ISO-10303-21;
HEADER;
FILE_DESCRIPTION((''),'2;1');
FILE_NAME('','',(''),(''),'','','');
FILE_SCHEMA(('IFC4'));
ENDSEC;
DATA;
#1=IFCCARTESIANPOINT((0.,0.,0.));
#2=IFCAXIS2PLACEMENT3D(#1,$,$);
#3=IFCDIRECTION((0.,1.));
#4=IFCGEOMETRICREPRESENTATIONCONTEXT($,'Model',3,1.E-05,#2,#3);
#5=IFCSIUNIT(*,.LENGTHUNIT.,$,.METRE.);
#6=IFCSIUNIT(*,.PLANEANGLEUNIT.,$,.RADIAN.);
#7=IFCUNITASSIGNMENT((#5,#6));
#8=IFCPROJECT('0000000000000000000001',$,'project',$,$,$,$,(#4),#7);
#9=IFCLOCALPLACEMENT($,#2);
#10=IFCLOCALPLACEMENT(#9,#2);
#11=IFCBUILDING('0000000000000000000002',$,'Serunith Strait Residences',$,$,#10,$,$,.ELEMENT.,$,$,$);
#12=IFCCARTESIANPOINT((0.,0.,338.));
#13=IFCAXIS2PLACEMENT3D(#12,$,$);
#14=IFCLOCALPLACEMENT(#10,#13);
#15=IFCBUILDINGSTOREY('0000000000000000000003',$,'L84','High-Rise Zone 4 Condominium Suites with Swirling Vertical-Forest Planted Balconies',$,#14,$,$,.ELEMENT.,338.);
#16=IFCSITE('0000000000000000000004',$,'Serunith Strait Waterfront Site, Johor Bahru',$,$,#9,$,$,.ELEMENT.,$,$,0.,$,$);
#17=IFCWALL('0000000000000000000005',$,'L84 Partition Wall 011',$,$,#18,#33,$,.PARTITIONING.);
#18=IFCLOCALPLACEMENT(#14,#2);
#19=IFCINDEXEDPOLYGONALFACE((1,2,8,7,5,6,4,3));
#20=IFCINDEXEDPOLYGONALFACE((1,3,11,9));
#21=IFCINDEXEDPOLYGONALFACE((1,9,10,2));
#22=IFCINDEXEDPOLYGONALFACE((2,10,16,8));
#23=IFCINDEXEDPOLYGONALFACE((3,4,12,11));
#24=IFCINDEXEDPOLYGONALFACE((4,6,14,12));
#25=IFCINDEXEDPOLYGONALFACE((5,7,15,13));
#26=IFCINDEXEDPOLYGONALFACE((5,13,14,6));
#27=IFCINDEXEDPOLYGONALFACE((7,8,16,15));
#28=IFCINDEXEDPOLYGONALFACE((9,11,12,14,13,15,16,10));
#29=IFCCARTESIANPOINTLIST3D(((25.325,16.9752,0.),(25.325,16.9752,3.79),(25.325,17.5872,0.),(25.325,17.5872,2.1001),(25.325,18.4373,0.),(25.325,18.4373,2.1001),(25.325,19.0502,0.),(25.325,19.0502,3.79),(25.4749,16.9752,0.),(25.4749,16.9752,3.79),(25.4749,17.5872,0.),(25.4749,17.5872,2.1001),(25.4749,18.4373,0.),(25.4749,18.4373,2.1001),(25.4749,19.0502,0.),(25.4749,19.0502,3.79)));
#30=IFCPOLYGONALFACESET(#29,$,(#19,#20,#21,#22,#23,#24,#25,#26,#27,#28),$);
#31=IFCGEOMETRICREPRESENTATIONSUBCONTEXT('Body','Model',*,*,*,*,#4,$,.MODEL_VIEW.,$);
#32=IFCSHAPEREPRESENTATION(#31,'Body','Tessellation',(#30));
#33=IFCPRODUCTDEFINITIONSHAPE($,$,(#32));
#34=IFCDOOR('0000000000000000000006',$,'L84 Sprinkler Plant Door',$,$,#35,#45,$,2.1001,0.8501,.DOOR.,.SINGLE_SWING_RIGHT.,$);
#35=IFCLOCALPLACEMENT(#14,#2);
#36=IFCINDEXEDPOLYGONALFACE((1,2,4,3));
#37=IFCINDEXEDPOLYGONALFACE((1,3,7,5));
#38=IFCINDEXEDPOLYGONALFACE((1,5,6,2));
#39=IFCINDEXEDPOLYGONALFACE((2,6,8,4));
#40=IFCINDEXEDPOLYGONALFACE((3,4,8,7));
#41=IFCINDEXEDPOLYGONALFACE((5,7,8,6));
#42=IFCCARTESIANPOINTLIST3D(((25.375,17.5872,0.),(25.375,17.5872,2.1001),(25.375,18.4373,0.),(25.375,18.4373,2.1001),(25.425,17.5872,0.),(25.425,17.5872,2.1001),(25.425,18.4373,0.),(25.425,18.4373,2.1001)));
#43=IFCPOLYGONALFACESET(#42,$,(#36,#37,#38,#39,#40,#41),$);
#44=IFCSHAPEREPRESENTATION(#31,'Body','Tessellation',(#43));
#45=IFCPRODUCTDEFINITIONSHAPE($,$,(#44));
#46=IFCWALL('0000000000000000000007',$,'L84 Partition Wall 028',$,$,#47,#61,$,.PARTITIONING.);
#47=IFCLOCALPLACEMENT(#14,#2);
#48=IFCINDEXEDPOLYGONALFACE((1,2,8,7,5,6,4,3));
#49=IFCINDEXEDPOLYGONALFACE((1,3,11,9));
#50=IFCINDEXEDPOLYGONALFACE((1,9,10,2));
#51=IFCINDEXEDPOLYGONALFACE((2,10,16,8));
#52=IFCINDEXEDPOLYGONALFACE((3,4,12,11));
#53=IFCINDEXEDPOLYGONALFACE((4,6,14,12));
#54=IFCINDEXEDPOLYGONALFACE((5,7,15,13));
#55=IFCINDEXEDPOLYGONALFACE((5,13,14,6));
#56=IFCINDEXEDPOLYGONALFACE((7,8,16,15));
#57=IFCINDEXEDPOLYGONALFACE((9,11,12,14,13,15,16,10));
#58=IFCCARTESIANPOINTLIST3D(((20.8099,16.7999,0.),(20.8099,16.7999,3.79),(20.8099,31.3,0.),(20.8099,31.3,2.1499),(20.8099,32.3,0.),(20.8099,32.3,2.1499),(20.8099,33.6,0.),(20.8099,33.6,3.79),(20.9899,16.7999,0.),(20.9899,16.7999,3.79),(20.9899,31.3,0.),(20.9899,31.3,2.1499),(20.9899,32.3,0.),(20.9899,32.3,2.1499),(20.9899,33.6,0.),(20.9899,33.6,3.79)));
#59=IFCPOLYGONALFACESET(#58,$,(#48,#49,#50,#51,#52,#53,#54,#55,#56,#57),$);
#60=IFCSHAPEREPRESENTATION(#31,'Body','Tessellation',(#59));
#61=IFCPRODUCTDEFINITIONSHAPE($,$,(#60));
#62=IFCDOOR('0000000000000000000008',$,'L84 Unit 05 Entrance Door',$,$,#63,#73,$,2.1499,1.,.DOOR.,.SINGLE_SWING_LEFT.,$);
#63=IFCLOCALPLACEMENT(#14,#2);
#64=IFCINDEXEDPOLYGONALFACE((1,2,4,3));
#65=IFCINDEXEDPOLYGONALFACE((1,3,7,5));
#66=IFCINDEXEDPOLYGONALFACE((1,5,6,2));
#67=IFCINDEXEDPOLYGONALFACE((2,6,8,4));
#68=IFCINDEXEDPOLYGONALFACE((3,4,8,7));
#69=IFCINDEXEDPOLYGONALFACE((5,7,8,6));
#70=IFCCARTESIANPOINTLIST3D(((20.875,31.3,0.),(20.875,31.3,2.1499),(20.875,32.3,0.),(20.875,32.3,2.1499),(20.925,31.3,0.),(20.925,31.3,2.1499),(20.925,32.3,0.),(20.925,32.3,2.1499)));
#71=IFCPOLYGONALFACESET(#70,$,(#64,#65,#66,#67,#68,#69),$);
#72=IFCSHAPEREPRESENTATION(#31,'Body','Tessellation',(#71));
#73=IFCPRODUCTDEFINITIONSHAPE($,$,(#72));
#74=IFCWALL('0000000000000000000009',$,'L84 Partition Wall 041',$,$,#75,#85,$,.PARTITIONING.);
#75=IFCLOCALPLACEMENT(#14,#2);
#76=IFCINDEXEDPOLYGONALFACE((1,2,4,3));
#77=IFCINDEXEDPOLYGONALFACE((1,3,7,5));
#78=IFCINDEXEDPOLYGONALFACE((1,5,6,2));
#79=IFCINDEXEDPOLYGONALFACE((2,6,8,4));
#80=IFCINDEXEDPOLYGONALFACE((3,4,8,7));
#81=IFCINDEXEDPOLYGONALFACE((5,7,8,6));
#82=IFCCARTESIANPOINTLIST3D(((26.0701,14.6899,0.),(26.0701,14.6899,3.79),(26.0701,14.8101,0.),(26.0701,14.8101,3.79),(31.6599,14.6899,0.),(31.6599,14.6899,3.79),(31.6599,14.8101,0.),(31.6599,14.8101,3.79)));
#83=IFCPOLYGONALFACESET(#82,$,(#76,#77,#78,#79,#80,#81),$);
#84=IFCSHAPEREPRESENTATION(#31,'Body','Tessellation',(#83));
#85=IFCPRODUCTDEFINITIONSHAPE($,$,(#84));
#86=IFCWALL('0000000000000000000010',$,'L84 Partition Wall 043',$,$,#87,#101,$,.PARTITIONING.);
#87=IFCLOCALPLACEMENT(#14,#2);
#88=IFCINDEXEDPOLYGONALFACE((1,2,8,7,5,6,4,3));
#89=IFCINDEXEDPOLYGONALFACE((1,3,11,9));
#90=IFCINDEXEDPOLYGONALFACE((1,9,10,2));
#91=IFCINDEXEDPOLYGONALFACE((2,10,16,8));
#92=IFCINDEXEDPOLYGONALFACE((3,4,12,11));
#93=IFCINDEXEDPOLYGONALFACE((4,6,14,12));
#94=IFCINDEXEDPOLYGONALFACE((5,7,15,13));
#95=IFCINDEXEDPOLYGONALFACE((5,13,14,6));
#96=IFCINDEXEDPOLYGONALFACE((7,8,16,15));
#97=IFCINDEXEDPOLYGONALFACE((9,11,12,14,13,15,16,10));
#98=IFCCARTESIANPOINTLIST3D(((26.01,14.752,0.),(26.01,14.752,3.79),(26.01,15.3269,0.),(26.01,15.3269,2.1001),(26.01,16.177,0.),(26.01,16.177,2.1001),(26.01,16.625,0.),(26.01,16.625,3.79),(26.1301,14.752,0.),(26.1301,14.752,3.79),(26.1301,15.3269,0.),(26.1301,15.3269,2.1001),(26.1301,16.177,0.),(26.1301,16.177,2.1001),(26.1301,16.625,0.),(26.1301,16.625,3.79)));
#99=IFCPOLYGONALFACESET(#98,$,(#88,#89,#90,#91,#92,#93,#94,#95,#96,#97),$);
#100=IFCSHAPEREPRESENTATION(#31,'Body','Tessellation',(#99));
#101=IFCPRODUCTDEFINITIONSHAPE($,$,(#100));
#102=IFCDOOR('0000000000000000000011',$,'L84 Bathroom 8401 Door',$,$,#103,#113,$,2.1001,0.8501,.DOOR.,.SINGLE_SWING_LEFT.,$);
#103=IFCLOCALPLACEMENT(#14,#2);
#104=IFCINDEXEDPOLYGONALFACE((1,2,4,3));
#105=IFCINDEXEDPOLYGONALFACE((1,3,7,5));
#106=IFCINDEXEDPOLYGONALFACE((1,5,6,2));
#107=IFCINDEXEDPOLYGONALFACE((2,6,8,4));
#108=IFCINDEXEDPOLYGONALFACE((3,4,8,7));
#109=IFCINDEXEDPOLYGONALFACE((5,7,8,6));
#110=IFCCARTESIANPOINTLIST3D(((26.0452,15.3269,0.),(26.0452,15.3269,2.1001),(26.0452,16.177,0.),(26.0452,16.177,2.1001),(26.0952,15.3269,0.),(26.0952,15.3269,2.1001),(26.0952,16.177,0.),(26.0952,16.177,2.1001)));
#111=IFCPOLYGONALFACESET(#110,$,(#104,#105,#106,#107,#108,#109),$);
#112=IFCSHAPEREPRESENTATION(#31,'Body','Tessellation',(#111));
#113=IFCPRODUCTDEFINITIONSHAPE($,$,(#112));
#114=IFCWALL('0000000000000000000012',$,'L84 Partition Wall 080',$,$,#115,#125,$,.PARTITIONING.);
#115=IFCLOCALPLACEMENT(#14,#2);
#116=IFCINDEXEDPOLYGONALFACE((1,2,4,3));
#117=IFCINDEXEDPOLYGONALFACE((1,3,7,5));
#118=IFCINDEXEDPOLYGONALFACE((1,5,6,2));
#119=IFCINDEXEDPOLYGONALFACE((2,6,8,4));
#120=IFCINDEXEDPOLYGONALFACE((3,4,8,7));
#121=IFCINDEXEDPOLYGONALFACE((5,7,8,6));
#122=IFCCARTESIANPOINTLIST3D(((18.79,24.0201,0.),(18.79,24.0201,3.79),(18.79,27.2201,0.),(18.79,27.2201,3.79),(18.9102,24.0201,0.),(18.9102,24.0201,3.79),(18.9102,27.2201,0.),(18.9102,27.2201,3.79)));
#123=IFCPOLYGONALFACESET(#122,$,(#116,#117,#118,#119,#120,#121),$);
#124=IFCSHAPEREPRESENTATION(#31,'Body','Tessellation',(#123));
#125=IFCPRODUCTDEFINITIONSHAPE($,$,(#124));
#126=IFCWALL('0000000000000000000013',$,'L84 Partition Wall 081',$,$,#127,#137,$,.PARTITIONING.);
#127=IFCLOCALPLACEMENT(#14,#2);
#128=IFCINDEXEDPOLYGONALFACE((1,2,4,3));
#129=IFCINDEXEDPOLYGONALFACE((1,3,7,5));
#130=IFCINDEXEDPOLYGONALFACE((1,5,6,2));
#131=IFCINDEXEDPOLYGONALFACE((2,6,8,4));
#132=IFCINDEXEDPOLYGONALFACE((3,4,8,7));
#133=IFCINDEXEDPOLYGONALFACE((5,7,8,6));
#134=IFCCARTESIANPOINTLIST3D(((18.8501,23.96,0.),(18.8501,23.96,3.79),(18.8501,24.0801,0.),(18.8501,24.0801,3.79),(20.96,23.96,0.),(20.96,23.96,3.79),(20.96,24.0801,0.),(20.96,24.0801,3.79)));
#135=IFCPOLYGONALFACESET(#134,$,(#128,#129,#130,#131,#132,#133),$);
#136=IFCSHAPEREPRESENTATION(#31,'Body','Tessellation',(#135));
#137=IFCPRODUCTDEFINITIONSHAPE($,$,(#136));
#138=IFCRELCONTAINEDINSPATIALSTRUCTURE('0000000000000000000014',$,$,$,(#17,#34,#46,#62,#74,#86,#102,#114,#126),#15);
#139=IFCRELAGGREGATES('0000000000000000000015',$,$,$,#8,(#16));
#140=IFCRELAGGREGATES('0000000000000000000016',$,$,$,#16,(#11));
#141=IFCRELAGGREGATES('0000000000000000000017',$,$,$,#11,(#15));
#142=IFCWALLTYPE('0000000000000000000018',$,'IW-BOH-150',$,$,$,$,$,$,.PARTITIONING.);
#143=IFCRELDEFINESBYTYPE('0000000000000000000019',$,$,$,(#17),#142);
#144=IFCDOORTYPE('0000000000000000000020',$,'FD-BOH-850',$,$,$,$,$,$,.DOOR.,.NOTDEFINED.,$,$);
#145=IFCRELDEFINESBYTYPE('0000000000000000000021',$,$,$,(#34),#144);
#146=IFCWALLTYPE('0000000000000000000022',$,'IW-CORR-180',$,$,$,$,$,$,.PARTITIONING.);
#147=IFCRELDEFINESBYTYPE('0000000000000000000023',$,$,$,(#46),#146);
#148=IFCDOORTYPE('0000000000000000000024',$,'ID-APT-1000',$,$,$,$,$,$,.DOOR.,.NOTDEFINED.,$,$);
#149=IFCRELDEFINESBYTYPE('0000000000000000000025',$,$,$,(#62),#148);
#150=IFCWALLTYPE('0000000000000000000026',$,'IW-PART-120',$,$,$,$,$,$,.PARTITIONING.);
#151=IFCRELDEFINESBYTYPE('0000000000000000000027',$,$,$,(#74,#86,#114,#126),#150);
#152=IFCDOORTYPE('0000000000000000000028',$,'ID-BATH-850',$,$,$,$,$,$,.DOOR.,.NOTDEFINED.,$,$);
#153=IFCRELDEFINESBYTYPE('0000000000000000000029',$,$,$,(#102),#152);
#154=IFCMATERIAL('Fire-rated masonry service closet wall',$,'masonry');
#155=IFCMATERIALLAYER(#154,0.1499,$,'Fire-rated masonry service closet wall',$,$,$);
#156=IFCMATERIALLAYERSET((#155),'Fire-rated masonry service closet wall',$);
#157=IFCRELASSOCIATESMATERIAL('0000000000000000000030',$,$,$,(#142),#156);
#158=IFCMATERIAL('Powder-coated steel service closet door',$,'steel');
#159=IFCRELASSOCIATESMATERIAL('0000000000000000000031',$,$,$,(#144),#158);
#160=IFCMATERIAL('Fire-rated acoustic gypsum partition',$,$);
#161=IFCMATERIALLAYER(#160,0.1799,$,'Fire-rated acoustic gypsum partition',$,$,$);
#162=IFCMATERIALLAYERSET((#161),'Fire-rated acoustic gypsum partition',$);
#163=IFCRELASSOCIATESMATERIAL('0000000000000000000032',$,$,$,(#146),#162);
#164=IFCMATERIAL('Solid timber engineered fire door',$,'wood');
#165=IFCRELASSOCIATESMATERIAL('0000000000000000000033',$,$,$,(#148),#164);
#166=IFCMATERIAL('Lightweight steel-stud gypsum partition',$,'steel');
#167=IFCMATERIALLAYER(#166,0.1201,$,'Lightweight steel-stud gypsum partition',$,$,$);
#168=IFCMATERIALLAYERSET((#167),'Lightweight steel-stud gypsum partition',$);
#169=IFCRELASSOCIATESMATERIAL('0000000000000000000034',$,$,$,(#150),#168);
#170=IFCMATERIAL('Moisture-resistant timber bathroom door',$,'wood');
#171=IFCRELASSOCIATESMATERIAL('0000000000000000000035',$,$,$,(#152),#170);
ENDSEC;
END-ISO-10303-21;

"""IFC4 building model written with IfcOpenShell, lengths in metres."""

from ifc_helpers import new_model, si_unit, direction, frame, frame_2d, origin, place, context, subcontext, project, spatial, rectangle, extrude, source, transform, mapped, material, layer, layer_set, type_object, element, fill, save


model = new_model("IFC4")

# Units and contexts
model_context = context("Model", 3, precision=1e-05, world=origin(), true_north=direction((0.0, 1.0)))
body_context = subcontext(model_context, "Body", "Model", "MODEL_VIEW")
ifc_project = project(units=[si_unit("LENGTHUNIT", "METRE"), si_unit("PLANEANGLEUNIT", "RADIAN")], contexts=[model_context])

# Site, building, storey
site_placement = place(None, origin())
site = spatial("IfcSite", under=ifc_project, at=site_placement, Name="Serunith Strait Waterfront Site, Johor Bahru", CompositionType="ELEMENT", RefElevation=0.0)
building_placement = place(site_placement, origin())
building = spatial("IfcBuilding", under=site, at=building_placement, Name="Serunith Strait Residences", CompositionType="ELEMENT")
storey_placement = place(building_placement, frame((0.0, 0.0, 338.0)))
storey = spatial("IfcBuildingStorey", under=building, at=storey_placement, Name="L84", Description="High-Rise Zone 4 Condominium Suites with Swirling Vertical-Forest Planted Balconies", CompositionType="ELEMENT", Elevation=338.0)

# Walls, openings, doors
ifc_material_1 = material(Name="Fire-rated masonry service closet wall", Category="masonry")
ifc_layer_1 = layer(ifc_material_1, 0.1499, Name="Fire-rated masonry service closet wall")
ifc_layer_set_1 = layer_set([ifc_layer_1], Name="Fire-rated masonry service closet wall")
wall_type_1 = type_object("IfcWallType", Name="IW-BOH-150", PredefinedType="PARTITIONING", material=ifc_layer_set_1)
wall_1_placement = place(storey_placement, frame((25.3999, 16.9751, 0.0), z_axis=(0.0, 0.0, 1.0), x_axis=(0.0, 1.0, 0.0)))
wall_1 = element("IfcWall", 1, at=wall_1_placement, inside=storey, type_object=wall_type_1, Name="L84 Partition Wall 011", PredefinedType="PARTITIONING", context=body_context, shape_type="SweptSolid", body=[
    extrude(rectangle(XDim=2.075, YDim=0.1499, at=frame_2d((1.0376, 0.0))), origin(), (0.0, 0.0, 1.0), 3.79),
])
opening_1_placement = place(wall_1_placement, frame((0.6121, 0.0, 0.0)))
opening_1 = element("IfcOpeningElement", 2, at=opening_1_placement, cuts=wall_1, PredefinedType="OPENING", context=body_context, shape_type="SweptSolid", body=[
    extrude(rectangle(XDim=0.8501, YDim=2.1001, at=frame_2d((0.425, 1.05))), frame((0.0, 0.085, 0.0), z_axis=(0.0, -1.0, 0.0), x_axis=(1.0, 0.0, 0.0)), (0.0, 0.0, 1.0), 0.1699),
])
ifc_material_2 = material(Name="Powder-coated steel service closet door", Category="steel")
door_type_1 = type_object("IfcDoorType", Name="FD-BOH-850", OperationType="NOTDEFINED", PredefinedType="DOOR", material=ifc_material_2)
shared_shape_1 = source(origin(), body_context, "Body", "SweptSolid", [
    extrude(rectangle(XDim=0.8501, YDim=2.1001, at=frame_2d((0.425, 1.05))), frame((0.0, 0.0249, 0.0), z_axis=(0.0, -1.0, 0.0), x_axis=(1.0, 0.0, 0.0)), (0.0, 0.0, 1.0), 0.05),
])
door_1_placement = place(opening_1_placement, origin())
door_1 = element("IfcDoor", 3, at=door_1_placement, inside=storey, type_object=door_type_1, Name="L84 Sprinkler Plant Door", OperationType="SINGLE_SWING_RIGHT", OverallHeight=2.1001, OverallWidth=0.8501, PredefinedType="DOOR", context=body_context, shape_type="MappedRepresentation", body=[
    mapped(shared_shape_1, transform((0.0, 0.0, 0.0), scale=1.0)),
])
fill(opening_1, door_1)
ifc_material_3 = material(Name="Fire-rated acoustic gypsum partition")
ifc_layer_2 = layer(ifc_material_3, 0.1799, Name="Fire-rated acoustic gypsum partition")
ifc_layer_set_2 = layer_set([ifc_layer_2], Name="Fire-rated acoustic gypsum partition")
wall_type_2 = type_object("IfcWallType", Name="IW-CORR-180", PredefinedType="PARTITIONING", material=ifc_layer_set_2)
ifc_material_4 = material(Name="Solid timber engineered fire door", Category="wood")
door_type_2 = type_object("IfcDoorType", Name="ID-APT-1000", OperationType="NOTDEFINED", PredefinedType="DOOR", material=ifc_material_4)
shared_shape_2 = source(origin(), body_context, "Body", "SweptSolid", [
    extrude(rectangle(XDim=1.0, YDim=2.1499, at=frame_2d((0.5, 1.075))), frame((0.0, 0.0249, 0.0), z_axis=(0.0, -1.0, 0.0), x_axis=(1.0, 0.0, 0.0)), (0.0, 0.0, 1.0), 0.05),
])
wall_2_placement = place(storey_placement, frame((20.8999, 16.8, 0.0), z_axis=(0.0, 0.0, 1.0), x_axis=(0.0, 1.0, 0.0)))
wall_2 = element("IfcWall", 4, at=wall_2_placement, inside=storey, type_object=wall_type_2, Name="L84 Partition Wall 028", PredefinedType="PARTITIONING", context=body_context, shape_type="SweptSolid", body=[
    extrude(rectangle(XDim=16.8, YDim=0.1799, at=frame_2d((8.3999, 0.0))), origin(), (0.0, 0.0, 1.0), 3.79),
])
opening_2_placement = place(wall_2_placement, frame((14.5, 0.0, 0.0)))
opening_2 = element("IfcOpeningElement", 5, at=opening_2_placement, cuts=wall_2, PredefinedType="OPENING", context=body_context, shape_type="SweptSolid", body=[
    extrude(rectangle(XDim=1.0, YDim=2.1499, at=frame_2d((0.5, 1.075))), frame((0.0, 0.1001, 0.0), z_axis=(0.0, -1.0, 0.0), x_axis=(1.0, 0.0, 0.0)), (0.0, 0.0, 1.0), 0.2),
])
door_2_placement = place(opening_2_placement, origin())
door_2 = element("IfcDoor", 6, at=door_2_placement, inside=storey, type_object=door_type_2, Name="L84 Unit 05 Entrance Door", OperationType="SINGLE_SWING_LEFT", OverallHeight=2.1499, OverallWidth=1.0, PredefinedType="DOOR", context=body_context, shape_type="MappedRepresentation", body=[
    mapped(shared_shape_2, transform((0.0, 0.0, 0.0), scale=1.0)),
])
fill(opening_2, door_2)

# Wall
ifc_material_5 = material(Name="Lightweight steel-stud gypsum partition", Category="steel")
ifc_layer_3 = layer(ifc_material_5, 0.1201, Name="Lightweight steel-stud gypsum partition")
ifc_layer_set_3 = layer_set([ifc_layer_3], Name="Lightweight steel-stud gypsum partition")
wall_type_3 = type_object("IfcWallType", Name="IW-PART-120", PredefinedType="PARTITIONING", material=ifc_layer_set_3)
wall_3_placement = place(storey_placement, frame((26.0701, 14.75, 0.0), z_axis=(0.0, 0.0, 1.0), x_axis=(1.0, 0.0, 0.0)))
element("IfcWall", 7, at=wall_3_placement, inside=storey, type_object=wall_type_3, Name="L84 Partition Wall 041", PredefinedType="PARTITIONING", context=body_context, shape_type="SweptSolid", body=[
    extrude(rectangle(XDim=5.5898, YDim=0.1201, at=frame_2d((2.7949, 0.0))), origin(), (0.0, 0.0, 1.0), 3.79),
])

# Wall, opening, door
wall_4_placement = place(storey_placement, frame((26.0701, 14.752, 0.0), z_axis=(0.0, 0.0, 1.0), x_axis=(0.0, 1.0, 0.0)))
wall_4 = element("IfcWall", 8, at=wall_4_placement, inside=storey, type_object=wall_type_3, Name="L84 Partition Wall 043", PredefinedType="PARTITIONING", context=body_context, shape_type="SweptSolid", body=[
    extrude(rectangle(XDim=1.873, YDim=0.1201, at=frame_2d((0.9365, 0.0))), origin(), (0.0, 0.0, 1.0), 3.79),
])
opening_3_placement = place(wall_4_placement, frame((0.575, 0.0, 0.0)))
opening_3 = element("IfcOpeningElement", 9, at=opening_3_placement, cuts=wall_4, PredefinedType="OPENING", context=body_context, shape_type="SweptSolid", body=[
    extrude(rectangle(XDim=0.8501, YDim=2.1001, at=frame_2d((0.425, 1.05))), frame((0.0, 0.0701, 0.0), z_axis=(0.0, -1.0, 0.0), x_axis=(1.0, 0.0, 0.0)), (0.0, 0.0, 1.0), 0.1401),
])
ifc_material_6 = material(Name="Moisture-resistant timber bathroom door", Category="wood")
door_type_3 = type_object("IfcDoorType", Name="ID-BATH-850", OperationType="NOTDEFINED", PredefinedType="DOOR", material=ifc_material_6)
door_3_placement = place(opening_3_placement, origin())
door_3 = element("IfcDoor", 10, at=door_3_placement, inside=storey, type_object=door_type_3, Name="L84 Bathroom 8401 Door", OperationType="SINGLE_SWING_LEFT", OverallHeight=2.1001, OverallWidth=0.8501, PredefinedType="DOOR", context=body_context, shape_type="MappedRepresentation", body=[
    mapped(shared_shape_1, transform((0.0, 0.0, 0.0), scale=1.0)),
])
fill(opening_3, door_3)

# Walls
wall_5_placement = place(storey_placement, frame((18.8501, 24.02, 0.0), z_axis=(0.0, 0.0, 1.0), x_axis=(0.0, 1.0, 0.0)))
element("IfcWall", 11, at=wall_5_placement, inside=storey, type_object=wall_type_3, Name="L84 Partition Wall 080", PredefinedType="PARTITIONING", context=body_context, shape_type="SweptSolid", body=[
    extrude(rectangle(XDim=3.2, YDim=0.1201, at=frame_2d((1.6001, 0.0))), origin(), (0.0, 0.0, 1.0), 3.79),
])
wall_6_placement = place(storey_placement, frame((18.8501, 24.02, 0.0), z_axis=(0.0, 0.0, 1.0), x_axis=(1.0, 0.0, 0.0)))
element("IfcWall", 12, at=wall_6_placement, inside=storey, type_object=wall_type_3, Name="L84 Partition Wall 081", PredefinedType="PARTITIONING", context=body_context, shape_type="SweptSolid", body=[
    extrude(rectangle(XDim=2.1099, YDim=0.1201, at=frame_2d((1.0549, 0.0))), origin(), (0.0, 0.0, 1.0), 3.79),
])

save(model, "model.ifc")
